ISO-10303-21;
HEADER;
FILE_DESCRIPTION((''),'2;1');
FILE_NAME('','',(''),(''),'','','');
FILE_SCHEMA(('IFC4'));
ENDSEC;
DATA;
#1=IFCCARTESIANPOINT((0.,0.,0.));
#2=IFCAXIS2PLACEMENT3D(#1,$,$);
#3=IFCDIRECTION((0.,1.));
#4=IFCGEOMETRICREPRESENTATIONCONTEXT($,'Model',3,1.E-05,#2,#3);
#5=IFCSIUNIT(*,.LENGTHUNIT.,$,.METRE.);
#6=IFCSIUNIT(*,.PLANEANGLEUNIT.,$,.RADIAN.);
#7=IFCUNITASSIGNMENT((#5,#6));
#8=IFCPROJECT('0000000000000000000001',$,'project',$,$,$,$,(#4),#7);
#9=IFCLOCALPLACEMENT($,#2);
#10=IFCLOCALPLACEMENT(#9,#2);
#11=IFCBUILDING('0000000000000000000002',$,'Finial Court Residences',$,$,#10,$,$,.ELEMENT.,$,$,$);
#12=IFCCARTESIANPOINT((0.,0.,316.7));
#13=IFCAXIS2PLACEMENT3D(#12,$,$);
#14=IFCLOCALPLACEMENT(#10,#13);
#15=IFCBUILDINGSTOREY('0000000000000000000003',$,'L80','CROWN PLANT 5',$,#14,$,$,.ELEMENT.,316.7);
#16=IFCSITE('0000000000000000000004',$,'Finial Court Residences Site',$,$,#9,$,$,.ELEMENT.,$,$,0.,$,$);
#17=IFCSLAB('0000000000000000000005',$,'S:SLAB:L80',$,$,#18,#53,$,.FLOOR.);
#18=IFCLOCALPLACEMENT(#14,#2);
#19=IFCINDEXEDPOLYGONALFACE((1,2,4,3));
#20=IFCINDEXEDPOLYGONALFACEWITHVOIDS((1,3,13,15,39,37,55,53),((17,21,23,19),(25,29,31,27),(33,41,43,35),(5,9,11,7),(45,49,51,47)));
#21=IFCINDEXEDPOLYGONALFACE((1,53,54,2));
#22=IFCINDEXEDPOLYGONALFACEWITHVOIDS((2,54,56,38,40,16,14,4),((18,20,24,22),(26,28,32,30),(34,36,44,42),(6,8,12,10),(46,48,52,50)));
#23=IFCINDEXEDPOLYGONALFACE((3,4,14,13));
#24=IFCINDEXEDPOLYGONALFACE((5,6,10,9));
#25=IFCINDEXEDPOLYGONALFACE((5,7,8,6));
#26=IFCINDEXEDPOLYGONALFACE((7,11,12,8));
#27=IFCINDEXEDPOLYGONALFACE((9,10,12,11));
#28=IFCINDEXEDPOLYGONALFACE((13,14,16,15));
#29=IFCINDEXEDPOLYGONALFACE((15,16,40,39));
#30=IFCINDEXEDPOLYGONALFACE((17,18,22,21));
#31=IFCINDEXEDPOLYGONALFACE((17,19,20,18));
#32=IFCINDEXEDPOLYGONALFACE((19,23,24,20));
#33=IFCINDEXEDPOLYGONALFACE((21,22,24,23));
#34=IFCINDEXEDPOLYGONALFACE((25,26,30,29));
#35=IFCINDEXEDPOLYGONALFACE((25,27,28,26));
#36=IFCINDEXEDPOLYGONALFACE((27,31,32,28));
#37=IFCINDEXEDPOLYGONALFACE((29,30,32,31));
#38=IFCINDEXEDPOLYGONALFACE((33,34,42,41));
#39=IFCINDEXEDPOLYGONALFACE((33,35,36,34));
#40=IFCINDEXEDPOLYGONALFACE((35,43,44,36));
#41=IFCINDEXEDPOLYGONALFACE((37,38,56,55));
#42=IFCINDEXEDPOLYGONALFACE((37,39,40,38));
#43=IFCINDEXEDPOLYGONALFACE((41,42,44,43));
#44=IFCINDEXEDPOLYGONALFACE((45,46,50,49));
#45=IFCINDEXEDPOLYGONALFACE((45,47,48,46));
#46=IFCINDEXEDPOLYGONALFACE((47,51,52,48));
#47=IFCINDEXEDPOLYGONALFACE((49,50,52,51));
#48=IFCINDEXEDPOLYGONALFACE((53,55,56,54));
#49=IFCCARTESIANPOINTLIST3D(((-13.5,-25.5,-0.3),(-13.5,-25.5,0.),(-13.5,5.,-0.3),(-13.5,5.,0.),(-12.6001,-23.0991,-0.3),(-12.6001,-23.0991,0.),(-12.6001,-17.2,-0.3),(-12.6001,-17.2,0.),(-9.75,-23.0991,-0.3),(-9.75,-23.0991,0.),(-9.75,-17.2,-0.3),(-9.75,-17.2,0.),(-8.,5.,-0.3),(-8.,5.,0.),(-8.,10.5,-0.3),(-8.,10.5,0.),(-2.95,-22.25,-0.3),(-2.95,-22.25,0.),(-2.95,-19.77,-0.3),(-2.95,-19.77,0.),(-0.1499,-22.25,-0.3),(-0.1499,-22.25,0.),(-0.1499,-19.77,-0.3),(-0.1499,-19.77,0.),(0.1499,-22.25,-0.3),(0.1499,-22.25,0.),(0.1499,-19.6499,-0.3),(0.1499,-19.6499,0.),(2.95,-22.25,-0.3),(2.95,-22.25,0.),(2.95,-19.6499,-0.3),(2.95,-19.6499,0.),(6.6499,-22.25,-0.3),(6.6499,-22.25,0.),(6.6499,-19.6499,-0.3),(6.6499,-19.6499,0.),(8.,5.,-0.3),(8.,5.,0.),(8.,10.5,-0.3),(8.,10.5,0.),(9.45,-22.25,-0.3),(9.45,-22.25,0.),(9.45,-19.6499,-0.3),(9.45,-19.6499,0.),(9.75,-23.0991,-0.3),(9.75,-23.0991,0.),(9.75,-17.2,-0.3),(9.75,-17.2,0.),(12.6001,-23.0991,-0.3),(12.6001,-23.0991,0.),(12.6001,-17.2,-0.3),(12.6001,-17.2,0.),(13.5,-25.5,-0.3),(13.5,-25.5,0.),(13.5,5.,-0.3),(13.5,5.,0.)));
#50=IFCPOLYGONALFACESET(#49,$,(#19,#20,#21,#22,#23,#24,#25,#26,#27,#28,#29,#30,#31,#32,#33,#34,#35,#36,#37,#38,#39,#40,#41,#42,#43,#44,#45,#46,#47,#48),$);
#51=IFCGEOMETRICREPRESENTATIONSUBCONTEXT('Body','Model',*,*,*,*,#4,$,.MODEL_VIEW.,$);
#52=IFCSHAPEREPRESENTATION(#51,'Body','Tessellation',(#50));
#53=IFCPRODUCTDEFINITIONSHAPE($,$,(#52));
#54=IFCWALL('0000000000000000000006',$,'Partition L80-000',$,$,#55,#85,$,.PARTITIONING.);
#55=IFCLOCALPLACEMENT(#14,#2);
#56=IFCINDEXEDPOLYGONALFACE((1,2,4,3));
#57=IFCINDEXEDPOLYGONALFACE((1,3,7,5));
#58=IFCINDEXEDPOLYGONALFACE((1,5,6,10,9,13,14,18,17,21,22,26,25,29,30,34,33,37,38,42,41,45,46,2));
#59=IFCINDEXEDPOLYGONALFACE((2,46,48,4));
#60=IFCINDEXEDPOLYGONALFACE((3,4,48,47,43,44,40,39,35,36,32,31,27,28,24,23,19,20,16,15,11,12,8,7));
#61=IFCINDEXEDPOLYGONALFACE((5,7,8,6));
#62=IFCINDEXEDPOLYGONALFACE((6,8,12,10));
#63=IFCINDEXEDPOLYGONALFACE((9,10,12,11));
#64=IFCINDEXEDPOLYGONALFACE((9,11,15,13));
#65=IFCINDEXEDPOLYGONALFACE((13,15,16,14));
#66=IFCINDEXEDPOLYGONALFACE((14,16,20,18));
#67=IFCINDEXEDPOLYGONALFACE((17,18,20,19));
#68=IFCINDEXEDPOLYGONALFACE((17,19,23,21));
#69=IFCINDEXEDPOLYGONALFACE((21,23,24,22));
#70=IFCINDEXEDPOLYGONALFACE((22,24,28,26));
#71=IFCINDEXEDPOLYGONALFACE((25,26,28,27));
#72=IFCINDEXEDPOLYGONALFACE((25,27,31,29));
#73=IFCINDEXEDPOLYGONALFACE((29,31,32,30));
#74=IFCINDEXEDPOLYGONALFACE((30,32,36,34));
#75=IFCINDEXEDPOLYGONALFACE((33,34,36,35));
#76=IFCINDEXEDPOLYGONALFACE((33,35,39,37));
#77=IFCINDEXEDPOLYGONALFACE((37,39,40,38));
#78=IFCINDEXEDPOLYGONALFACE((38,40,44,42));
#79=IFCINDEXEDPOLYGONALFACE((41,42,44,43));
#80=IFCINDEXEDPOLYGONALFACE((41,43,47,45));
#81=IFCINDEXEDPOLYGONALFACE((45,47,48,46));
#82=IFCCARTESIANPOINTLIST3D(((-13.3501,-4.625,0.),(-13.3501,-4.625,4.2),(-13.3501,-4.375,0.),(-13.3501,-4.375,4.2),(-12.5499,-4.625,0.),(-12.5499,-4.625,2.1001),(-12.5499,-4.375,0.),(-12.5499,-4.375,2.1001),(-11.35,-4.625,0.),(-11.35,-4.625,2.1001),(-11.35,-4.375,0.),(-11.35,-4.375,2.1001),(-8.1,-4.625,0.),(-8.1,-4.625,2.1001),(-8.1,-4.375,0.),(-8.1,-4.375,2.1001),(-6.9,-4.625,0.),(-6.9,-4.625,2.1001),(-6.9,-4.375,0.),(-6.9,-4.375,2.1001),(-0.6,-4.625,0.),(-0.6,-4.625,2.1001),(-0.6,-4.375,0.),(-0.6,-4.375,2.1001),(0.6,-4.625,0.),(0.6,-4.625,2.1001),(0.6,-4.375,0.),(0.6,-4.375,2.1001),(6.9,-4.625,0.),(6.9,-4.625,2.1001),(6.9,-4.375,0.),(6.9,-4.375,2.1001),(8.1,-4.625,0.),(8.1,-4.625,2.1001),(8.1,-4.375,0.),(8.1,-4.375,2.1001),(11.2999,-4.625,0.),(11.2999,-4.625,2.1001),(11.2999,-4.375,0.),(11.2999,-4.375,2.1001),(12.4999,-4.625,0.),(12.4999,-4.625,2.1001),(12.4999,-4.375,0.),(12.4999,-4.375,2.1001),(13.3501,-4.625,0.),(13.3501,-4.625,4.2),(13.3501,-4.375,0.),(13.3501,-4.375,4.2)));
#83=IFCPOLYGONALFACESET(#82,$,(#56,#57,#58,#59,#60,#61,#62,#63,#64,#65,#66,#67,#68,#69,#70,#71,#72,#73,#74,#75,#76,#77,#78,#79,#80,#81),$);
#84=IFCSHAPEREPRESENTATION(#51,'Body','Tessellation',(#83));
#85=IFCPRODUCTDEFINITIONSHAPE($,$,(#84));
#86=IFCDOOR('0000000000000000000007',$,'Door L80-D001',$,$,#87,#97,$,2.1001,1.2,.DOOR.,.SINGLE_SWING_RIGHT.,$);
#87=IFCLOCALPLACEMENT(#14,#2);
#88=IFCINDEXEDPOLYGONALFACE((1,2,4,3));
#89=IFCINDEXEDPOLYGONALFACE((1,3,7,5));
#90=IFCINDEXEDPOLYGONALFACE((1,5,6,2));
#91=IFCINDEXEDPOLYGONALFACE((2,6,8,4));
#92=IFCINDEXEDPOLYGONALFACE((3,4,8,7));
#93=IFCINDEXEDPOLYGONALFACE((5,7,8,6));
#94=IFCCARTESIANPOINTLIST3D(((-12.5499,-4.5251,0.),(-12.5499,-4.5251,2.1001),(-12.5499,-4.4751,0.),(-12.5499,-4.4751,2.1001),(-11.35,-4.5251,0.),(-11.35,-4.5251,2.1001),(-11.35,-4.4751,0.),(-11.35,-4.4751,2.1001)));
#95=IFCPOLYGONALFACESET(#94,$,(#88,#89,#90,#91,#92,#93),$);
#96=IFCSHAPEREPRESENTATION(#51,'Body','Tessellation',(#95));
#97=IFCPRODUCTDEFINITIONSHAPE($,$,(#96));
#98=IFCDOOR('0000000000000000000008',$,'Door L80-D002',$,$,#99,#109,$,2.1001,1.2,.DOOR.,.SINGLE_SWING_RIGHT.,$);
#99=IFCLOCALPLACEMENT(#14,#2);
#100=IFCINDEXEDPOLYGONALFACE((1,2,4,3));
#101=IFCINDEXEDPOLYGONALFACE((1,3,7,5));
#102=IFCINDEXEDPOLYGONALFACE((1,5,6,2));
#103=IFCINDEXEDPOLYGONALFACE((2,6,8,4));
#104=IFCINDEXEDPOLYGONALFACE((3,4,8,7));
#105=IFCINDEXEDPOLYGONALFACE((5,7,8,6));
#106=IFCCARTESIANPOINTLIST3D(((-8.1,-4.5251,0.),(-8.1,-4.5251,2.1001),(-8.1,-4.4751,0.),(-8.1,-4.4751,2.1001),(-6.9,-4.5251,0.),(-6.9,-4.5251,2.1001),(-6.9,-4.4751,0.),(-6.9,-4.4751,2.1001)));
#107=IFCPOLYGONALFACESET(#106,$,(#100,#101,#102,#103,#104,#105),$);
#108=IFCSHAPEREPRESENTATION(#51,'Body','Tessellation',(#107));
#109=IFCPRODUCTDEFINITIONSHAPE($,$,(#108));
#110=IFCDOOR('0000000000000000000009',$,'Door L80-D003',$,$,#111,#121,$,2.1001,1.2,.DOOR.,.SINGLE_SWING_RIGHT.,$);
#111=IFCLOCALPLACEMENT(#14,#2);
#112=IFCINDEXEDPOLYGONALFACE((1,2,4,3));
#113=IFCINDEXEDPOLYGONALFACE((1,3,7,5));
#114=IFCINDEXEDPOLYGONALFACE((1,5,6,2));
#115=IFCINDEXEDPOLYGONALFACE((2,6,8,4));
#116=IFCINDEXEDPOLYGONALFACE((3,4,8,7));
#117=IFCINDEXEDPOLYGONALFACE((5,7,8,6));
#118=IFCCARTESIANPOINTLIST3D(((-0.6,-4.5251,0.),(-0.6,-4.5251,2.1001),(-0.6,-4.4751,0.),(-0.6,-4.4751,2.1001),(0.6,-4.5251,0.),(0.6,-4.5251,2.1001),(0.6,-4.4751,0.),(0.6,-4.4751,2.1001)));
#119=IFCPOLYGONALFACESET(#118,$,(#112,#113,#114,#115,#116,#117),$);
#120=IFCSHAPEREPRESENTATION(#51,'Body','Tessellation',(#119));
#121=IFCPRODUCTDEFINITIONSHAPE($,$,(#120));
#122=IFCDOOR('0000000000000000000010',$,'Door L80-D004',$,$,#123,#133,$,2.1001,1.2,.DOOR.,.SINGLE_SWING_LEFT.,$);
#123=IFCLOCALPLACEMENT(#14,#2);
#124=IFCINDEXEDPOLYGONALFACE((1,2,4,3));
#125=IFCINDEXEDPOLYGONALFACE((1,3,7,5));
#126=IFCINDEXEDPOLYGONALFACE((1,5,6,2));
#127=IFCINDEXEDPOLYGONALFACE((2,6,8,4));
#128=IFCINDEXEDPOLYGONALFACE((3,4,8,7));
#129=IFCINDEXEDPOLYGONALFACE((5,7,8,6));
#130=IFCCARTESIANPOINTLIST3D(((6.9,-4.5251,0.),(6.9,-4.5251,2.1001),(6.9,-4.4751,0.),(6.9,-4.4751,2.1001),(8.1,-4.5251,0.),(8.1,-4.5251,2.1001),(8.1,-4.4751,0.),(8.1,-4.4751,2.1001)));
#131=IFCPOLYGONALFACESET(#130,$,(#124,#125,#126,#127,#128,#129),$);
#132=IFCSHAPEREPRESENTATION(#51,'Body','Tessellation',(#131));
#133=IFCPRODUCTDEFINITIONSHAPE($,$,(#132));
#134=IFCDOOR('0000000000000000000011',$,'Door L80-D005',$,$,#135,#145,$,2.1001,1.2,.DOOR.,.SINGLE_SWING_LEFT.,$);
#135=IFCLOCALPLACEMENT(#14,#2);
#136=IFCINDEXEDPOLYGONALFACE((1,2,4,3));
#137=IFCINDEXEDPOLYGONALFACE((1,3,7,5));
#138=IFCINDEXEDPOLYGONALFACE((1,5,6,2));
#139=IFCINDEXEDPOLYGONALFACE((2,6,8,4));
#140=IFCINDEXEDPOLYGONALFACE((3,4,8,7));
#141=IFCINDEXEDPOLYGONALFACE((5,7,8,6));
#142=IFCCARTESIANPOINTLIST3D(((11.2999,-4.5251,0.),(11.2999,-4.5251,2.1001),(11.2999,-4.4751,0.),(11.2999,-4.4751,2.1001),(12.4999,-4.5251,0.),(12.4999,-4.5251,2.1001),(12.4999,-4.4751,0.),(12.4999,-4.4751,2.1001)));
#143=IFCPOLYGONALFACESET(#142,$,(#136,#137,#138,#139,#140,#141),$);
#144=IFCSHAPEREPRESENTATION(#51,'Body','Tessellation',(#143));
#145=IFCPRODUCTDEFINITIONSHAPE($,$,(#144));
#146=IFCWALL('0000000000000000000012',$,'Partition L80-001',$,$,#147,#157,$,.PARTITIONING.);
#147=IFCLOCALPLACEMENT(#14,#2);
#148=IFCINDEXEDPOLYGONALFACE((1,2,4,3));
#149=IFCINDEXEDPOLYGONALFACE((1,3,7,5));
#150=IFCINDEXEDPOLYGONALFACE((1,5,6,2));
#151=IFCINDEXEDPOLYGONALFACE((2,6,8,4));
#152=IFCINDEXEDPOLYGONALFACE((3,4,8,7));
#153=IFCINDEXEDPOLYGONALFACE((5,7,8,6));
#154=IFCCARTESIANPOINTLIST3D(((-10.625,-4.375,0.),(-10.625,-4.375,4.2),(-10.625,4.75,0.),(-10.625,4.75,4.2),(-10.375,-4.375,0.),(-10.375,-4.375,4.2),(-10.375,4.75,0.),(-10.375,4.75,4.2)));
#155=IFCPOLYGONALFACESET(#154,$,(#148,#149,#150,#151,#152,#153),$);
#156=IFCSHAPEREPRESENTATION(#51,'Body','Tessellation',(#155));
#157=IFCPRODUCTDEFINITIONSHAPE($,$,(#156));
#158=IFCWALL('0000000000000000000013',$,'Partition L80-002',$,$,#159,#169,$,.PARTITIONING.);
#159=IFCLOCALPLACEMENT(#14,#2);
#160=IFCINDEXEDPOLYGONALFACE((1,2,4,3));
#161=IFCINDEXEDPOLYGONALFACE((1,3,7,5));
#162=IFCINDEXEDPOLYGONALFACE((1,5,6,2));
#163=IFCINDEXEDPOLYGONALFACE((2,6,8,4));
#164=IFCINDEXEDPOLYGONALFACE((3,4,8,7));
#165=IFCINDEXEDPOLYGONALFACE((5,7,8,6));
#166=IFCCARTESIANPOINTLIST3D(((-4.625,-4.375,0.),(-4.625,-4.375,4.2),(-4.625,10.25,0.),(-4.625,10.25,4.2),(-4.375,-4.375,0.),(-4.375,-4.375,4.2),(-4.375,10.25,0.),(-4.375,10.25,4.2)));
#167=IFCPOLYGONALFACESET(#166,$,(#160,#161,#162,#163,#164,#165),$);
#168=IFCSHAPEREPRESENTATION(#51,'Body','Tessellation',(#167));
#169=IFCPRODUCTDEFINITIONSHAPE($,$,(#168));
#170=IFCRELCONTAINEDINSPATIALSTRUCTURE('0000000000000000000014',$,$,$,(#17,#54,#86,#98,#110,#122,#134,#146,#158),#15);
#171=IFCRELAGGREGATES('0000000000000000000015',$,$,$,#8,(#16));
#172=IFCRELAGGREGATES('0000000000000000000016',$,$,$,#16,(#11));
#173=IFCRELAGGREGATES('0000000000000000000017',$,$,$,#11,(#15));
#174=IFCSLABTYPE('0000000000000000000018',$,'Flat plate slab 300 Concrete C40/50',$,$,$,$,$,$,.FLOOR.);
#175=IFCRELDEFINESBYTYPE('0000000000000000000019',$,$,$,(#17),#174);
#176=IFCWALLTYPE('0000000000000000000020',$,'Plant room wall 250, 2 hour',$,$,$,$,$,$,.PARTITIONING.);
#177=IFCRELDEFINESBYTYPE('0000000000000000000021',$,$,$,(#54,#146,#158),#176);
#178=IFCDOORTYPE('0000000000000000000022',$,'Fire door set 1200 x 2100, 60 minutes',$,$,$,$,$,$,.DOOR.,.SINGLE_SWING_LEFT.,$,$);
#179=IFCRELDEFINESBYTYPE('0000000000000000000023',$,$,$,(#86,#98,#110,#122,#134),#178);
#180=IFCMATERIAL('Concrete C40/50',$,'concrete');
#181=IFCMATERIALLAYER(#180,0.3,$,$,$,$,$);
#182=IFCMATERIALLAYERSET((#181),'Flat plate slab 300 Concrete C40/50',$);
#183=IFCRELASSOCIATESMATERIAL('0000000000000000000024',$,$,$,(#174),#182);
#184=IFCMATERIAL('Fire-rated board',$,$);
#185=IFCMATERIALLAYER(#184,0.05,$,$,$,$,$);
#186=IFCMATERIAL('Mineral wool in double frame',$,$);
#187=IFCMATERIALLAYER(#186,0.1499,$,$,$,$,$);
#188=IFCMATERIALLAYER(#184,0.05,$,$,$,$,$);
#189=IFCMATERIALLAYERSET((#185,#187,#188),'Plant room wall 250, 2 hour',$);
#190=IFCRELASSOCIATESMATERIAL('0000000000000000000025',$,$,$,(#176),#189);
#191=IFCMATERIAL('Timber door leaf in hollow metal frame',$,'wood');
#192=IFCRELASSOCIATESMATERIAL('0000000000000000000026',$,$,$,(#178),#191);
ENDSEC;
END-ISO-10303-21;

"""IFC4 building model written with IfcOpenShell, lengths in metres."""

from ifc_helpers import new_model, si_unit, direction, frame, frame_2d, origin, place, context, subcontext, project, spatial, polyline, rectangle, outline, extrude, material, layer, layer_set, type_object, element, fill, save


model = new_model("IFC4")

# Units and contexts
model_context = context("Model", 3, precision=1e-05, world=origin(), true_north=direction((0.0, 1.0)))
body_context = subcontext(model_context, "Body", "Model", "MODEL_VIEW")
ifc_project = project(units=[si_unit("LENGTHUNIT", "METRE"), si_unit("PLANEANGLEUNIT", "RADIAN")], contexts=[model_context])

# Site, building, storey
site_placement = place(None, origin())
site = spatial("IfcSite", under=ifc_project, at=site_placement, Name="Finial Court Residences Site", CompositionType="ELEMENT", RefElevation=0.0)
building_placement = place(site_placement, origin())
building = spatial("IfcBuilding", under=site, at=building_placement, Name="Finial Court Residences", CompositionType="ELEMENT")
storey_placement = place(building_placement, frame((0.0, 0.0, 316.7)))
storey = spatial("IfcBuildingStorey", under=building, at=storey_placement, Name="L80", Description="CROWN PLANT 5", CompositionType="ELEMENT", Elevation=316.7)

# Shared definitions
ifc_material_1 = material(Name="Concrete C40/50", Category="concrete")

# Slab
ifc_layer_1 = layer(ifc_material_1, 0.3)
ifc_layer_set_1 = layer_set([ifc_layer_1], Name="Flat plate slab 300 Concrete C40/50")
slab_type_1 = type_object("IfcSlabType", Name="Flat plate slab 300 Concrete C40/50", PredefinedType="FLOOR", material=ifc_layer_set_1)
slab_1_placement = place(storey_placement, frame((0.0, 0.0, -0.3)))
element("IfcSlab", 1, at=slab_1_placement, inside=storey, type_object=slab_type_1, Name="S:SLAB:L80", PredefinedType="FLOOR", context=body_context, shape_type="SweptSolid", body=[
    extrude(outline(polyline([(-13.5, -25.5), (-13.5, 5.0), (-8.0, 5.0), (-8.0, 10.5), (8.0, 10.5), (8.0, 5.0), (13.5, 5.0), (13.5, -25.5), (-13.5, -25.5)]), holes=[polyline([(-2.95, -19.77), (-2.95, -22.25), (-0.1499, -22.25), (-0.1499, -19.77), (-2.95, -19.77)]), polyline([(0.1499, -19.6499), (0.1499, -22.25), (2.95, -22.25), (2.95, -19.6499), (0.1499, -19.6499)]), polyline([(6.6499, -19.6499), (6.6499, -22.25), (9.45, -22.25), (9.45, -19.6499), (6.6499, -19.6499)]), polyline([(-12.6001, -17.2), (-12.6001, -23.0991), (-9.75, -23.0991), (-9.75, -17.2), (-12.6001, -17.2)]), polyline([(9.75, -17.2), (9.75, -23.0991), (12.6001, -23.0991), (12.6001, -17.2), (9.75, -17.2)])]), origin(), (0.0, 0.0, 1.0), 0.3),
])

# Wall, openings, doors
ifc_material_2 = material(Name="Fire-rated board")
ifc_layer_2 = layer(ifc_material_2, 0.05)
ifc_material_3 = material(Name="Mineral wool in double frame")
ifc_layer_3 = layer(ifc_material_3, 0.1499)
ifc_layer_4 = layer(ifc_material_2, 0.05)
ifc_layer_set_2 = layer_set([ifc_layer_2, ifc_layer_3, ifc_layer_4], Name="Plant room wall 250, 2 hour")
wall_type = type_object("IfcWallType", Name="Plant room wall 250, 2 hour", PredefinedType="PARTITIONING", material=ifc_layer_set_2)
wall_1_placement = place(storey_placement, frame((-13.3501, -4.5, 0.0), z_axis=(0.0, 0.0, 1.0), x_axis=(1.0, 0.0, 0.0)))
wall_1 = element("IfcWall", 2, at=wall_1_placement, inside=storey, type_object=wall_type, Name="Partition L80-000", PredefinedType="PARTITIONING", context=body_context, shape_type="SweptSolid", body=[
    extrude(rectangle(XDim=26.7002, YDim=0.25, at=frame_2d((13.3501, 0.0))), origin(), (0.0, 0.0, 1.0), 4.2),
])
opening_1_placement = place(wall_1_placement, frame((0.8, 0.0, 0.0)))
opening_1 = element("IfcOpeningElement", 3, at=opening_1_placement, cuts=wall_1, PredefinedType="OPENING", context=body_context, shape_type="SweptSolid", body=[
    extrude(rectangle(XDim=1.2, YDim=2.1001, at=frame_2d((0.6001, 1.05))), frame((0.0, 0.135, 0.0), z_axis=(0.0, -1.0, 0.0), x_axis=(1.0, 0.0, 0.0)), (0.0, 0.0, 1.0), 0.27),
])
opening_2_placement = place(wall_1_placement, frame((5.25, 0.0, 0.0)))
opening_2 = element("IfcOpeningElement", 4, at=opening_2_placement, cuts=wall_1, PredefinedType="OPENING", context=body_context, shape_type="SweptSolid", body=[
    extrude(rectangle(XDim=1.2, YDim=2.1001, at=frame_2d((0.6001, 1.05))), frame((0.0, 0.135, 0.0), z_axis=(0.0, -1.0, 0.0), x_axis=(1.0, 0.0, 0.0)), (0.0, 0.0, 1.0), 0.27),
])
opening_3_placement = place(wall_1_placement, frame((12.75, 0.0, 0.0)))
opening_3 = element("IfcOpeningElement", 5, at=opening_3_placement, cuts=wall_1, PredefinedType="OPENING", context=body_context, shape_type="SweptSolid", body=[
    extrude(rectangle(XDim=1.2, YDim=2.1001, at=frame_2d((0.6001, 1.05))), frame((0.0, 0.135, 0.0), z_axis=(0.0, -1.0, 0.0), x_axis=(1.0, 0.0, 0.0)), (0.0, 0.0, 1.0), 0.27),
])
opening_4_placement = place(wall_1_placement, frame((20.25, 0.0, 0.0)))
opening_4 = element("IfcOpeningElement", 6, at=opening_4_placement, cuts=wall_1, PredefinedType="OPENING", context=body_context, shape_type="SweptSolid", body=[
    extrude(rectangle(XDim=1.2, YDim=2.1001, at=frame_2d((0.6001, 1.05))), frame((0.0, 0.135, 0.0), z_axis=(0.0, -1.0, 0.0), x_axis=(1.0, 0.0, 0.0)), (0.0, 0.0, 1.0), 0.27),
])
opening_5_placement = place(wall_1_placement, frame((24.6499, 0.0, 0.0)))
opening_5 = element("IfcOpeningElement", 7, at=opening_5_placement, cuts=wall_1, PredefinedType="OPENING", context=body_context, shape_type="SweptSolid", body=[
    extrude(rectangle(XDim=1.2, YDim=2.1001, at=frame_2d((0.6001, 1.05))), frame((0.0, 0.135, 0.0), z_axis=(0.0, -1.0, 0.0), x_axis=(1.0, 0.0, 0.0)), (0.0, 0.0, 1.0), 0.27),
])
ifc_material_4 = material(Name="Timber door leaf in hollow metal frame", Category="wood")
door_type = type_object("IfcDoorType", Name="Fire door set 1200 x 2100, 60 minutes", OperationType="SINGLE_SWING_LEFT", PredefinedType="DOOR", material=ifc_material_4)
door_1_placement = place(opening_1_placement, origin())
door_1 = element("IfcDoor", 8, at=door_1_placement, inside=storey, type_object=door_type, Name="Door L80-D001", OperationType="SINGLE_SWING_RIGHT", OverallHeight=2.1001, OverallWidth=1.2, PredefinedType="DOOR", context=body_context, shape_type="SweptSolid", body=[
    extrude(rectangle(XDim=1.2, YDim=2.1001, at=frame_2d((0.6001, 1.05))), frame((0.0, 0.0249, 0.0), z_axis=(0.0, -1.0, 0.0), x_axis=(1.0, 0.0, 0.0)), (0.0, 0.0, 1.0), 0.05),
])
fill(opening_1, door_1)
door_2_placement = place(opening_2_placement, origin())
door_2 = element("IfcDoor", 9, at=door_2_placement, inside=storey, type_object=door_type, Name="Door L80-D002", OperationType="SINGLE_SWING_RIGHT", OverallHeight=2.1001, OverallWidth=1.2, PredefinedType="DOOR", context=body_context, shape_type="SweptSolid", body=[
    extrude(rectangle(XDim=1.2, YDim=2.1001, at=frame_2d((0.6001, 1.05))), frame((0.0, 0.0249, 0.0), z_axis=(0.0, -1.0, 0.0), x_axis=(1.0, 0.0, 0.0)), (0.0, 0.0, 1.0), 0.05),
])
fill(opening_2, door_2)
door_3_placement = place(opening_3_placement, origin())
door_3 = element("IfcDoor", 10, at=door_3_placement, inside=storey, type_object=door_type, Name="Door L80-D003", OperationType="SINGLE_SWING_RIGHT", OverallHeight=2.1001, OverallWidth=1.2, PredefinedType="DOOR", context=body_context, shape_type="SweptSolid", body=[
    extrude(rectangle(XDim=1.2, YDim=2.1001, at=frame_2d((0.6001, 1.05))), frame((0.0, 0.0249, 0.0), z_axis=(0.0, -1.0, 0.0), x_axis=(1.0, 0.0, 0.0)), (0.0, 0.0, 1.0), 0.05),
])
fill(opening_3, door_3)
door_4_placement = place(opening_4_placement, origin())
door_4 = element("IfcDoor", 11, at=door_4_placement, inside=storey, type_object=door_type, Name="Door L80-D004", OperationType="SINGLE_SWING_LEFT", OverallHeight=2.1001, OverallWidth=1.2, PredefinedType="DOOR", context=body_context, shape_type="SweptSolid", body=[
    extrude(rectangle(XDim=1.2, YDim=2.1001, at=frame_2d((0.6001, 1.05))), frame((0.0, 0.0249, 0.0), z_axis=(0.0, -1.0, 0.0), x_axis=(1.0, 0.0, 0.0)), (0.0, 0.0, 1.0), 0.05),
])
fill(opening_4, door_4)
door_5_placement = place(opening_5_placement, origin())
door_5 = element("IfcDoor", 12, at=door_5_placement, inside=storey, type_object=door_type, Name="Door L80-D005", OperationType="SINGLE_SWING_LEFT", OverallHeight=2.1001, OverallWidth=1.2, PredefinedType="DOOR", context=body_context, shape_type="SweptSolid", body=[
    extrude(rectangle(XDim=1.2, YDim=2.1001, at=frame_2d((0.6001, 1.05))), frame((0.0, 0.0249, 0.0), z_axis=(0.0, -1.0, 0.0), x_axis=(1.0, 0.0, 0.0)), (0.0, 0.0, 1.0), 0.05),
])
fill(opening_5, door_5)

# Walls
wall_2_placement = place(storey_placement, frame((-10.5, -4.375, 0.0), z_axis=(0.0, 0.0, 1.0), x_axis=(0.0, 1.0, 0.0)))
element("IfcWall", 13, at=wall_2_placement, inside=storey, type_object=wall_type, Name="Partition L80-001", PredefinedType="PARTITIONING", context=body_context, shape_type="SweptSolid", body=[
    extrude(rectangle(XDim=9.125, YDim=0.25, at=frame_2d((4.5625, 0.0))), origin(), (0.0, 0.0, 1.0), 4.2),
])
wall_3_placement = place(storey_placement, frame((-4.5, -4.375, 0.0), z_axis=(0.0, 0.0, 1.0), x_axis=(0.0, 1.0, 0.0)))
element("IfcWall", 14, at=wall_3_placement, inside=storey, type_object=wall_type, Name="Partition L80-002", PredefinedType="PARTITIONING", context=body_context, shape_type="SweptSolid", body=[
    extrude(rectangle(XDim=14.625, YDim=0.25, at=frame_2d((7.3125, 0.0))), origin(), (0.0, 0.0, 1.0), 4.2),
])

save(model, "model.ifc")
